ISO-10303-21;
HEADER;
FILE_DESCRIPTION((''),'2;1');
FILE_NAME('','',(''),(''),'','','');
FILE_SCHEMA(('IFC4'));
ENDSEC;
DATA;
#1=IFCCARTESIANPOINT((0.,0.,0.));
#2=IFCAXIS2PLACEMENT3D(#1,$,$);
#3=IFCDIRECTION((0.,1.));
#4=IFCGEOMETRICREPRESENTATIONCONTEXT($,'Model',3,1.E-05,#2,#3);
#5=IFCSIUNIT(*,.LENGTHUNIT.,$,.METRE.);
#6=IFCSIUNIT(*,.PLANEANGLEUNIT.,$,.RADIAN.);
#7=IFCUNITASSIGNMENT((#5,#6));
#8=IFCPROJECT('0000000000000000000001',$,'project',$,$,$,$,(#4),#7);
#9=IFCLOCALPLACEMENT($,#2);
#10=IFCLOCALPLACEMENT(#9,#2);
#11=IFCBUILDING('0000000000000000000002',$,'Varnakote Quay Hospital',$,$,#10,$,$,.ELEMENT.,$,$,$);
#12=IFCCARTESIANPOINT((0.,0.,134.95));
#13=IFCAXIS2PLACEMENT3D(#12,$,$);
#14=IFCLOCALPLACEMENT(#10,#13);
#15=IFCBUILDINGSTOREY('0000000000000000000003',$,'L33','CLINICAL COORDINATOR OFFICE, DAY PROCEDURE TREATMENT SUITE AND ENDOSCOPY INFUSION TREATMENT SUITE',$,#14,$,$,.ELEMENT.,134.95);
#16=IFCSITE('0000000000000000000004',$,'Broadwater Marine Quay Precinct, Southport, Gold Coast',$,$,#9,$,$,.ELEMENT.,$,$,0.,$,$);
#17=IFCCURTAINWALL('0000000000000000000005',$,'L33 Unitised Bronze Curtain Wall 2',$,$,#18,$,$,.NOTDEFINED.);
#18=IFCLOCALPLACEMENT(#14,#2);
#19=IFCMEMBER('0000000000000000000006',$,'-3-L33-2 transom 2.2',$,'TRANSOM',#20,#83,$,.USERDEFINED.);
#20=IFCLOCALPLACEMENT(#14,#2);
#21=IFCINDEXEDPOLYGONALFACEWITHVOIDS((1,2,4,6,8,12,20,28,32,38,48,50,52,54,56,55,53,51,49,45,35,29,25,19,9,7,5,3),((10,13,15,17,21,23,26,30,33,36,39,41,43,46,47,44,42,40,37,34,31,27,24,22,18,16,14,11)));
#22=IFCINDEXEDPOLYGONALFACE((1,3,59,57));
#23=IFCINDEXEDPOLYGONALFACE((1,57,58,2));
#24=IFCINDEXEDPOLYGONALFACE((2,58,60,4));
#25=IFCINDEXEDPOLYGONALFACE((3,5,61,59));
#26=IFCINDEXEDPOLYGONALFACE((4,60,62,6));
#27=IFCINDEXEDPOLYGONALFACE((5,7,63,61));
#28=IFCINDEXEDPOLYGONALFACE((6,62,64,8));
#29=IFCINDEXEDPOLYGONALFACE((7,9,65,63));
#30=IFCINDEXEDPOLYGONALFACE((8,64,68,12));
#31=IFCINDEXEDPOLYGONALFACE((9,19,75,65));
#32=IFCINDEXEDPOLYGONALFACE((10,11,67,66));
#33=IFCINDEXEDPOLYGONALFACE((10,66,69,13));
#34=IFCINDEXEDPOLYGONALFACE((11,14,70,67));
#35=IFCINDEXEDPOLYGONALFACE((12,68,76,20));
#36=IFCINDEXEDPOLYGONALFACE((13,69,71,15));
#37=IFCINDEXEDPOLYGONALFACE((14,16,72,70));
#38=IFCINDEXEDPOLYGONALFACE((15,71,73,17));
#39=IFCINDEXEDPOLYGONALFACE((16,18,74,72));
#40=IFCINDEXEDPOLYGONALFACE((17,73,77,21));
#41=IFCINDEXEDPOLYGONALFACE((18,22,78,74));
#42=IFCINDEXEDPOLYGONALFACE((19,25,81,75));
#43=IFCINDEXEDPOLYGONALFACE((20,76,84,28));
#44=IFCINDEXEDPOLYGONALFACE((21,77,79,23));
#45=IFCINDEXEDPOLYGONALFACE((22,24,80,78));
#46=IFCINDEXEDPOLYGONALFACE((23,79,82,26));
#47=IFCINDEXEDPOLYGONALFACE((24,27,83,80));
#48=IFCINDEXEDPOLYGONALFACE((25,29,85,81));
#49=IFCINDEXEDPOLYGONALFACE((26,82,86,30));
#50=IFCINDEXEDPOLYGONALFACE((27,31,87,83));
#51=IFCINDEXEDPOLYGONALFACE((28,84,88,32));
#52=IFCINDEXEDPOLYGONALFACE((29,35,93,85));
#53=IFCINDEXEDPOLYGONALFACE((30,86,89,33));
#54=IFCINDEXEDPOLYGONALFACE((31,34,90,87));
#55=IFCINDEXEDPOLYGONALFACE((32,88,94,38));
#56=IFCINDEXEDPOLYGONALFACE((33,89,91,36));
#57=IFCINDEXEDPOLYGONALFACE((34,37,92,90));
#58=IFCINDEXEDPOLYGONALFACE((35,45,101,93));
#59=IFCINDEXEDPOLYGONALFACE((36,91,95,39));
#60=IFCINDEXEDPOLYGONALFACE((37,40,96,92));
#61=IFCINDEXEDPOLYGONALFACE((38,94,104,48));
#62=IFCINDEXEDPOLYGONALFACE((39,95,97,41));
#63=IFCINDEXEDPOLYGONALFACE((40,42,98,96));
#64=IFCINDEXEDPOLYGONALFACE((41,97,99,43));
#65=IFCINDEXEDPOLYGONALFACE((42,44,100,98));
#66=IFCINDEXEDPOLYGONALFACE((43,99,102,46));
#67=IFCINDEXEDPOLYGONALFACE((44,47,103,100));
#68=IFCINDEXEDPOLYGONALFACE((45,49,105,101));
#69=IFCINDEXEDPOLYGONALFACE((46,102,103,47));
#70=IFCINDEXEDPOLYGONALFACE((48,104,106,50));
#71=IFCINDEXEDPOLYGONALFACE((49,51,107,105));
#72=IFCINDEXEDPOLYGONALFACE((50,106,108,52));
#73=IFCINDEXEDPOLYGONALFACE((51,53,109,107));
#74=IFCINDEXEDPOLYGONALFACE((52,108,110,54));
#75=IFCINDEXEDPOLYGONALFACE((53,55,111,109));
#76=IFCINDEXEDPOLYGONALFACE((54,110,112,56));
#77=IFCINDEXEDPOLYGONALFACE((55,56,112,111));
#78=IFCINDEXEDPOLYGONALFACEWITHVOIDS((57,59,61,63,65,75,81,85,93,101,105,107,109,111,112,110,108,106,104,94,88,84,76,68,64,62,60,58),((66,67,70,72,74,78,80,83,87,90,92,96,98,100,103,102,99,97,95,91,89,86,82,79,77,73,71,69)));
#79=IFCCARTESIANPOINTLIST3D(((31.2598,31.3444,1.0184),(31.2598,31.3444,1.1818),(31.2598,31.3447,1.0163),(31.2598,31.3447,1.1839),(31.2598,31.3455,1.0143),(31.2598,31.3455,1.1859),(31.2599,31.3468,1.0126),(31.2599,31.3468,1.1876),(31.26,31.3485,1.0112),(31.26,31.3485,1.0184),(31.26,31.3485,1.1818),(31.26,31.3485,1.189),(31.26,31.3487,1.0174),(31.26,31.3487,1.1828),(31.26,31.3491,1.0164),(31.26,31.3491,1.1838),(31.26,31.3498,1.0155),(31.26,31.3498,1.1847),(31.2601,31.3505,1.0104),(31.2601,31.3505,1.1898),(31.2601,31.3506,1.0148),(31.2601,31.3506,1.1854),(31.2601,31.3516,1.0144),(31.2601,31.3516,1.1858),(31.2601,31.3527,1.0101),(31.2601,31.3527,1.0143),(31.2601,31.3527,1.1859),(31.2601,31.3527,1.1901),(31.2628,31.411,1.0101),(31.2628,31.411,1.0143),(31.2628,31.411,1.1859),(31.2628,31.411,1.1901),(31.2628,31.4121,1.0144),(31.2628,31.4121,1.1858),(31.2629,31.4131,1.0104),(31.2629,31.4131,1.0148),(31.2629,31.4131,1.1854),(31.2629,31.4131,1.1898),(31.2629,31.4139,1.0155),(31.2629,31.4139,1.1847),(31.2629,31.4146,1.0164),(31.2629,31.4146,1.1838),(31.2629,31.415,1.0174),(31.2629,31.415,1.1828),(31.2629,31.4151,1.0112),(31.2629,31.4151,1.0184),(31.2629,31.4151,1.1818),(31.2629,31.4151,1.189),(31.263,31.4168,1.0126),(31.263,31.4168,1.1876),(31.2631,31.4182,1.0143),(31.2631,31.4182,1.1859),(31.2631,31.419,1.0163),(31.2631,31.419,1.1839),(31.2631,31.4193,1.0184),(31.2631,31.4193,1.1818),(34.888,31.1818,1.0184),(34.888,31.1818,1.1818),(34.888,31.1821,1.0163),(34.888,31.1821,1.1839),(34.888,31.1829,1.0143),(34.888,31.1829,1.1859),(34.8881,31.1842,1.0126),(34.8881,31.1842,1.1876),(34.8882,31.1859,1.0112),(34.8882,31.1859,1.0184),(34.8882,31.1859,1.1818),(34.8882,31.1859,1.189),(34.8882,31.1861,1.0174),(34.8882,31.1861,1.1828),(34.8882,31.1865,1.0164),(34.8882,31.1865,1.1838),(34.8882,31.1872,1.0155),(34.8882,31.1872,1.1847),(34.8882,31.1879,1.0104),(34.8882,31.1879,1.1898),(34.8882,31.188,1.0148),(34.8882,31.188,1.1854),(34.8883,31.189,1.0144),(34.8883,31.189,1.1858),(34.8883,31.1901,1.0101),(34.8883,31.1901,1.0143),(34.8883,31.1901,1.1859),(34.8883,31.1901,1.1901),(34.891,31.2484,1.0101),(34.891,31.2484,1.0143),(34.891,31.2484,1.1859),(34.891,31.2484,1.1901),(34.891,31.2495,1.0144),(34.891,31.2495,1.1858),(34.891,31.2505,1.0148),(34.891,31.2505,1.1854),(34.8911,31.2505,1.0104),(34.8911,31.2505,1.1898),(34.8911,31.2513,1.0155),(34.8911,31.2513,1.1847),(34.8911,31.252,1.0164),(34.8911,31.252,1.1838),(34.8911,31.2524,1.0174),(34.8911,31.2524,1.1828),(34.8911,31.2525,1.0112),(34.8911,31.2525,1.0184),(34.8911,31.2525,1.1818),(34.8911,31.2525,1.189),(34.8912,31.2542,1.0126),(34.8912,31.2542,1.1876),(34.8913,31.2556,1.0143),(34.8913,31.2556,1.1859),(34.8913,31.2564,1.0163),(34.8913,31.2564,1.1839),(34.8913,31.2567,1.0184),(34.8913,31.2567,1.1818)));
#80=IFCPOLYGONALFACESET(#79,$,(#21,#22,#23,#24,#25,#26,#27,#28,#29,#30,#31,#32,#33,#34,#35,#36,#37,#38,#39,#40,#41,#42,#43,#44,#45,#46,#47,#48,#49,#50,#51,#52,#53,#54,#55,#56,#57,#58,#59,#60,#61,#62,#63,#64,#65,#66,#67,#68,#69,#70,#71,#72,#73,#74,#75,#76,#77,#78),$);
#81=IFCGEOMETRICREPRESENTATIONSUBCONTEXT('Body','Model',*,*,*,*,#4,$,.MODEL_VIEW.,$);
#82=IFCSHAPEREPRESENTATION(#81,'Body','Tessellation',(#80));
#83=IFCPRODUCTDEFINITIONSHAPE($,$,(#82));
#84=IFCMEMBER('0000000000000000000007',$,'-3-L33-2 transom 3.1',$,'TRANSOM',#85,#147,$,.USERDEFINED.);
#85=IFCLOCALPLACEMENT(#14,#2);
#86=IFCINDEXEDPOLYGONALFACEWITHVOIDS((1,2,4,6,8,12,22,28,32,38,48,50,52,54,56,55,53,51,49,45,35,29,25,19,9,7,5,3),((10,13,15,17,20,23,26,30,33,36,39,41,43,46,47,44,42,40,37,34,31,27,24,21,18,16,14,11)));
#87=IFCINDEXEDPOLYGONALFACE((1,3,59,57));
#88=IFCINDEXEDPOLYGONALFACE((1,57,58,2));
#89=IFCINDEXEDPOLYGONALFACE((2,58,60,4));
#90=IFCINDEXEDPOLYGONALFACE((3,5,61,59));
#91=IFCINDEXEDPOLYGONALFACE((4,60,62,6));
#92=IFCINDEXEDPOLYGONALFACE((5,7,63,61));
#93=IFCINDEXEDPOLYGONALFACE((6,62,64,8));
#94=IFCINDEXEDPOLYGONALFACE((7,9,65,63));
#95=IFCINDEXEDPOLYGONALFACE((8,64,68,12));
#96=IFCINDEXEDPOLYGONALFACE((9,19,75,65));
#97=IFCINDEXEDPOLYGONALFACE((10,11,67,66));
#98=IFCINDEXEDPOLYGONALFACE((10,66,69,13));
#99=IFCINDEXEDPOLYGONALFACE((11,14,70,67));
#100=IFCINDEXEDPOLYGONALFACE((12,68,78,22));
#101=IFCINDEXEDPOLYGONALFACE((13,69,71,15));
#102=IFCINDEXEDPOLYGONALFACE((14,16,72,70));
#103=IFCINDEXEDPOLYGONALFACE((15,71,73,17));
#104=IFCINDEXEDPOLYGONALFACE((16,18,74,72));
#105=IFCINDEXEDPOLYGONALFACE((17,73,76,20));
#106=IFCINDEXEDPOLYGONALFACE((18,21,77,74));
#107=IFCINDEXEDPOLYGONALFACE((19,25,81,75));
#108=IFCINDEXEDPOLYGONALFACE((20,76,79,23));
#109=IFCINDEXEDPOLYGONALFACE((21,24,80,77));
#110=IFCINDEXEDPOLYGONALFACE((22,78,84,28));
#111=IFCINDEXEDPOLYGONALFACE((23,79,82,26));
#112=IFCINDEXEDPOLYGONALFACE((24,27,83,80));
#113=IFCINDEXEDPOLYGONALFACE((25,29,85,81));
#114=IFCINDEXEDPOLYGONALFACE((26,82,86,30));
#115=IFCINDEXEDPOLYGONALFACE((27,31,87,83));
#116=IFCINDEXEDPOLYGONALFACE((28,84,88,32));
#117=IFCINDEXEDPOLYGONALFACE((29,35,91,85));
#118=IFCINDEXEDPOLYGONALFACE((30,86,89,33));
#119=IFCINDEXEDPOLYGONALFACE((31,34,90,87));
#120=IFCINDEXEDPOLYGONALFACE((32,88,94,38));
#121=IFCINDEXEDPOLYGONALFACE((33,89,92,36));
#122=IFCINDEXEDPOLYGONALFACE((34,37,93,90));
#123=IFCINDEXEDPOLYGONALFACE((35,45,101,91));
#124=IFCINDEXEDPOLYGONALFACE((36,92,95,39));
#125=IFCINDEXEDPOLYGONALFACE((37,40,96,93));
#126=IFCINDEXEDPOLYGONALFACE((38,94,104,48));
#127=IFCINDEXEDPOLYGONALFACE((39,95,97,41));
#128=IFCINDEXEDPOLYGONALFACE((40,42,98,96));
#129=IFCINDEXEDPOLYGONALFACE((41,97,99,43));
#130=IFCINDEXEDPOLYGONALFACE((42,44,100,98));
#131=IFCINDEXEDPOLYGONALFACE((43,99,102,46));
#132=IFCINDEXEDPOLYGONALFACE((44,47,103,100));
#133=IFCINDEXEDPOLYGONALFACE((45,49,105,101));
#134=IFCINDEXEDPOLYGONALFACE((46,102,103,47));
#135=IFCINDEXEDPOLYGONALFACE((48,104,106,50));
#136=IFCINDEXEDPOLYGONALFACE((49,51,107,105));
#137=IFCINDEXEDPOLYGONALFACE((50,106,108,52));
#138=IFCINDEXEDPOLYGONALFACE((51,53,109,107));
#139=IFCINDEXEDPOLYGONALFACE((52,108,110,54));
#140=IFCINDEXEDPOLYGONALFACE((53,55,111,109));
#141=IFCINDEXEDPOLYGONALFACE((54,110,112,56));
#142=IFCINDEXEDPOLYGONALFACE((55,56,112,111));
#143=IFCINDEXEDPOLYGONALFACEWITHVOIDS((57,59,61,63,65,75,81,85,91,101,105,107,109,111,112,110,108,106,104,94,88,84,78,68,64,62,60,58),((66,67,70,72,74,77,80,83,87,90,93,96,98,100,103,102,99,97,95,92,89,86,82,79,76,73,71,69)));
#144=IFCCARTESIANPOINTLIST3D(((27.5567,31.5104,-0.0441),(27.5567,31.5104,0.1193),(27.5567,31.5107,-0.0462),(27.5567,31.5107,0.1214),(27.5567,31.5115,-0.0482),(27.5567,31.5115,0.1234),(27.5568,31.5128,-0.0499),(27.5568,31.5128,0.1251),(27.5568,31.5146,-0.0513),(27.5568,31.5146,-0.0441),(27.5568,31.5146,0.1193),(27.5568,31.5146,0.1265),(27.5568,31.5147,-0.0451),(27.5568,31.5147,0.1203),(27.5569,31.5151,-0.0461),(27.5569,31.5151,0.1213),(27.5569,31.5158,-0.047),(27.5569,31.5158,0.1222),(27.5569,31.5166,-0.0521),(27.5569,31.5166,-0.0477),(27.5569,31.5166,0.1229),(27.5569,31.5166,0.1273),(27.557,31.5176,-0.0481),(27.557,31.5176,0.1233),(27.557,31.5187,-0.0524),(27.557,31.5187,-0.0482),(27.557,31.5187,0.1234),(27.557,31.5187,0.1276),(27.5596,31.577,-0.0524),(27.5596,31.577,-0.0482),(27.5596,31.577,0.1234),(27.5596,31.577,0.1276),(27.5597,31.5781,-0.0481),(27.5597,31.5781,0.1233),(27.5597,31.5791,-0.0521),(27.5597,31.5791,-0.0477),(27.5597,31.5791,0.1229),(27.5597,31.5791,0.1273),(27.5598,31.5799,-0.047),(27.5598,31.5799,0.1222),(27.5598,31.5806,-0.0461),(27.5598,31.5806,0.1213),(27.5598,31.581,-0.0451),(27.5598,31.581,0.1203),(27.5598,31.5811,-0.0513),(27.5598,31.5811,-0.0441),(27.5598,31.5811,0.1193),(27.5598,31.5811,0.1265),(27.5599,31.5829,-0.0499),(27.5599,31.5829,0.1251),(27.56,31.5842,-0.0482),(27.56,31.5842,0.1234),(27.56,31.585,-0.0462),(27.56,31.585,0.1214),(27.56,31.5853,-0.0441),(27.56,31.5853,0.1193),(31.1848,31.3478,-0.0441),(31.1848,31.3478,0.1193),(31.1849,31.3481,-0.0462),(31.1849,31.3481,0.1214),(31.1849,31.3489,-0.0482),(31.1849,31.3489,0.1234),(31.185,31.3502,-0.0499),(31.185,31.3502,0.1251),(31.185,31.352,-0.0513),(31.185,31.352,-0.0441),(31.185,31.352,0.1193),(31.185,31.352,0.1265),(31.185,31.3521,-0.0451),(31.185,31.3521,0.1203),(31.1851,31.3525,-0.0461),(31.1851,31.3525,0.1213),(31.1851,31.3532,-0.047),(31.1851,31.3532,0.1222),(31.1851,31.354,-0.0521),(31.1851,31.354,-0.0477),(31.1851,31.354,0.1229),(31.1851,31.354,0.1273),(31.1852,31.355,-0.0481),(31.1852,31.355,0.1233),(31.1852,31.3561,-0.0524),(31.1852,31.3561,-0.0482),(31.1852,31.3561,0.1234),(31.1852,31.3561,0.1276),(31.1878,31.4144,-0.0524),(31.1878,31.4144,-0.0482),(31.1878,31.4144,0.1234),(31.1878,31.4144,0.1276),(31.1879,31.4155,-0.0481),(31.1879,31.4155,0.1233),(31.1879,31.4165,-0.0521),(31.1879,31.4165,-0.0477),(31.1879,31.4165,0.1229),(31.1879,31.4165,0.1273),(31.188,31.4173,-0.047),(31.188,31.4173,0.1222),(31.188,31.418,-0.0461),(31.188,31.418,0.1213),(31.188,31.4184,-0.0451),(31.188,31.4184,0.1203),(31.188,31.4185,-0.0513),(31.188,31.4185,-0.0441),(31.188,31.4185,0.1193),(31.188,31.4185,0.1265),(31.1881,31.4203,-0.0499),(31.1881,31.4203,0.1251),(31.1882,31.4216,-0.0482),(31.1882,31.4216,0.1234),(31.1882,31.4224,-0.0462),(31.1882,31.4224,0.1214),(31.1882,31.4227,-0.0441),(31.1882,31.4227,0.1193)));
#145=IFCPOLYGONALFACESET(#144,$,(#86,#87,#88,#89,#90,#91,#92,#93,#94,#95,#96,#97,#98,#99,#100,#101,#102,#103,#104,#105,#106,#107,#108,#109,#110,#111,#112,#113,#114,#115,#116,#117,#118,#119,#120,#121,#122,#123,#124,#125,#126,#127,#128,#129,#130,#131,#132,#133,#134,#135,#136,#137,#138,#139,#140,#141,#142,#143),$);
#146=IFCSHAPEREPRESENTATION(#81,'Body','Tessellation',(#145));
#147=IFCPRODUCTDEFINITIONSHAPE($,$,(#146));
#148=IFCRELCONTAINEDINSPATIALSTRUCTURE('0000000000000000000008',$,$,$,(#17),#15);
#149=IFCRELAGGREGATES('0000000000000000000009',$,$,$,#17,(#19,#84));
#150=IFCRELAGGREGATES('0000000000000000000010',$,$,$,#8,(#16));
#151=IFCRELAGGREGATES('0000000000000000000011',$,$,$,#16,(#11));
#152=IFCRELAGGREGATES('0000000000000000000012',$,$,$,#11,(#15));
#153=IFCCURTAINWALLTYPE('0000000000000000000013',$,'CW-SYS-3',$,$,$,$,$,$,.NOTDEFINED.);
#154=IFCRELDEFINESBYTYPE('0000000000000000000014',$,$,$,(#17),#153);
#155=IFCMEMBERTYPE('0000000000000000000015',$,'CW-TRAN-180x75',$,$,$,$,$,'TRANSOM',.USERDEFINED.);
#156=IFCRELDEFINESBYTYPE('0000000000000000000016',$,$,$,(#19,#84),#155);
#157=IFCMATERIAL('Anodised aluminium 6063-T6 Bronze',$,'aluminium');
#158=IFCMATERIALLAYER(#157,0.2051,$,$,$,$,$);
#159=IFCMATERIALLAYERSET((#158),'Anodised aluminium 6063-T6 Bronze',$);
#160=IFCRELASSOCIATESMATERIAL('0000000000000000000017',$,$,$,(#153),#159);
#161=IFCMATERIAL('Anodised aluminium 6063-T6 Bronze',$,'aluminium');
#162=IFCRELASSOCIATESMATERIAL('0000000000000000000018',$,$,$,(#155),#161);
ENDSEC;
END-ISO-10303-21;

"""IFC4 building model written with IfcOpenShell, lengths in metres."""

from ifc_helpers import new_model, si_unit, direction, frame, origin, origin_2d, place, context, subcontext, project, spatial, hollow_rectangle, extrude, material, layer, layer_set, material_profile, profile_set, type_object, element, aggregate, save


model = new_model("IFC4")

# Units and contexts
model_context = context("Model", 3, precision=1e-05, world=origin(), true_north=direction((0.0, 1.0)))
body_context = subcontext(model_context, "Body", "Model", "MODEL_VIEW")
ifc_project = project(units=[si_unit("LENGTHUNIT", "METRE"), si_unit("PLANEANGLEUNIT", "RADIAN")], contexts=[model_context])

# Site, building, storey
site_placement = place(None, origin())
site = spatial("IfcSite", under=ifc_project, at=site_placement, Name="Broadwater Marine Quay Precinct, Southport, Gold Coast", CompositionType="ELEMENT", RefElevation=0.0)
building_placement = place(site_placement, origin())
building = spatial("IfcBuilding", under=site, at=building_placement, Name="Varnakote Quay Hospital", CompositionType="ELEMENT")
storey_placement = place(building_placement, frame((0.0, 0.0, 134.95)))
storey = spatial("IfcBuildingStorey", under=building, at=storey_placement, Name="L33", Description="CLINICAL COORDINATOR OFFICE, DAY PROCEDURE TREATMENT SUITE AND ENDOSCOPY INFUSION TREATMENT SUITE", CompositionType="ELEMENT", Elevation=134.95)

# Curtain wall, members
ifc_material_1 = material(Name="Anodised aluminium 6063-T6 Bronze", Category="aluminium")
ifc_layer_1 = layer(ifc_material_1, 0.2051)
ifc_layer_set_1 = layer_set([ifc_layer_1], Name="Anodised aluminium 6063-T6 Bronze")
curtain_wall_type = type_object("IfcCurtainWallType", Name="CW-SYS-3", PredefinedType="NOTDEFINED", material=ifc_layer_set_1)
curtain_wall_placement = place(storey_placement, origin())
curtain_wall = element("IfcCurtainWall", 1, at=curtain_wall_placement, inside=storey, type_object=curtain_wall_type, Name="L33 Unitised Bronze Curtain Wall 2", PredefinedType="NOTDEFINED")
ifc_material_2 = material(Name="Anodised aluminium 6063-T6 Bronze", Category="aluminium")
ifc_material_profile_1 = material_profile(ifc_material_2, hollow_rectangle(XDim=0.075, YDim=0.1799, WallThickness=0.0042, InnerFilletRadius=0.0042, OuterFilletRadius=0.0083, at=origin_2d()), Name="CW-TRAN-180x75")
ifc_profile_set_1 = profile_set([ifc_material_profile_1], Name="Anodised aluminium 6063-T6 Bronze")
member_type_1 = type_object("IfcMemberType", Name="CW-TRAN-180x75", ElementType="TRANSOM", PredefinedType="USERDEFINED", material=ifc_profile_set_1)
member_1_placement = place(storey_placement, frame((34.8896, 31.2192, 1.1001), z_axis=(-0.998997, 0.04477, 0.0), x_axis=(-0.04477, -0.998997, 0.0)))
member_1 = element("IfcMember", 2, at=member_1_placement, type_object=member_type_1, Name="-3-L33-2 transom 2.2", ObjectType="TRANSOM", PredefinedType="USERDEFINED", context=body_context, shape_type="SweptSolid", body=[
    extrude(hollow_rectangle(XDim=0.075, YDim=0.1799, WallThickness=0.0042, InnerFilletRadius=0.0042, OuterFilletRadius=0.0083, at=origin_2d()), origin(), (0.0, 0.0, 1.0), 3.6318),
])
member_2_placement = place(storey_placement, frame((31.1865, 31.3853, 0.0376), z_axis=(-0.998997, 0.04477, 0.0), x_axis=(-0.04477, -0.998997, 0.0)))
member_2 = element("IfcMember", 3, at=member_2_placement, type_object=member_type_1, Name="-3-L33-2 transom 3.1", ObjectType="TRANSOM", PredefinedType="USERDEFINED", context=body_context, shape_type="SweptSolid", body=[
    extrude(hollow_rectangle(XDim=0.075, YDim=0.1799, WallThickness=0.0042, InnerFilletRadius=0.0042, OuterFilletRadius=0.0083, at=origin_2d()), origin(), (0.0, 0.0, 1.0), 3.6318),
])

aggregate(curtain_wall, [member_1, member_2])

save(model, "model.ifc")
